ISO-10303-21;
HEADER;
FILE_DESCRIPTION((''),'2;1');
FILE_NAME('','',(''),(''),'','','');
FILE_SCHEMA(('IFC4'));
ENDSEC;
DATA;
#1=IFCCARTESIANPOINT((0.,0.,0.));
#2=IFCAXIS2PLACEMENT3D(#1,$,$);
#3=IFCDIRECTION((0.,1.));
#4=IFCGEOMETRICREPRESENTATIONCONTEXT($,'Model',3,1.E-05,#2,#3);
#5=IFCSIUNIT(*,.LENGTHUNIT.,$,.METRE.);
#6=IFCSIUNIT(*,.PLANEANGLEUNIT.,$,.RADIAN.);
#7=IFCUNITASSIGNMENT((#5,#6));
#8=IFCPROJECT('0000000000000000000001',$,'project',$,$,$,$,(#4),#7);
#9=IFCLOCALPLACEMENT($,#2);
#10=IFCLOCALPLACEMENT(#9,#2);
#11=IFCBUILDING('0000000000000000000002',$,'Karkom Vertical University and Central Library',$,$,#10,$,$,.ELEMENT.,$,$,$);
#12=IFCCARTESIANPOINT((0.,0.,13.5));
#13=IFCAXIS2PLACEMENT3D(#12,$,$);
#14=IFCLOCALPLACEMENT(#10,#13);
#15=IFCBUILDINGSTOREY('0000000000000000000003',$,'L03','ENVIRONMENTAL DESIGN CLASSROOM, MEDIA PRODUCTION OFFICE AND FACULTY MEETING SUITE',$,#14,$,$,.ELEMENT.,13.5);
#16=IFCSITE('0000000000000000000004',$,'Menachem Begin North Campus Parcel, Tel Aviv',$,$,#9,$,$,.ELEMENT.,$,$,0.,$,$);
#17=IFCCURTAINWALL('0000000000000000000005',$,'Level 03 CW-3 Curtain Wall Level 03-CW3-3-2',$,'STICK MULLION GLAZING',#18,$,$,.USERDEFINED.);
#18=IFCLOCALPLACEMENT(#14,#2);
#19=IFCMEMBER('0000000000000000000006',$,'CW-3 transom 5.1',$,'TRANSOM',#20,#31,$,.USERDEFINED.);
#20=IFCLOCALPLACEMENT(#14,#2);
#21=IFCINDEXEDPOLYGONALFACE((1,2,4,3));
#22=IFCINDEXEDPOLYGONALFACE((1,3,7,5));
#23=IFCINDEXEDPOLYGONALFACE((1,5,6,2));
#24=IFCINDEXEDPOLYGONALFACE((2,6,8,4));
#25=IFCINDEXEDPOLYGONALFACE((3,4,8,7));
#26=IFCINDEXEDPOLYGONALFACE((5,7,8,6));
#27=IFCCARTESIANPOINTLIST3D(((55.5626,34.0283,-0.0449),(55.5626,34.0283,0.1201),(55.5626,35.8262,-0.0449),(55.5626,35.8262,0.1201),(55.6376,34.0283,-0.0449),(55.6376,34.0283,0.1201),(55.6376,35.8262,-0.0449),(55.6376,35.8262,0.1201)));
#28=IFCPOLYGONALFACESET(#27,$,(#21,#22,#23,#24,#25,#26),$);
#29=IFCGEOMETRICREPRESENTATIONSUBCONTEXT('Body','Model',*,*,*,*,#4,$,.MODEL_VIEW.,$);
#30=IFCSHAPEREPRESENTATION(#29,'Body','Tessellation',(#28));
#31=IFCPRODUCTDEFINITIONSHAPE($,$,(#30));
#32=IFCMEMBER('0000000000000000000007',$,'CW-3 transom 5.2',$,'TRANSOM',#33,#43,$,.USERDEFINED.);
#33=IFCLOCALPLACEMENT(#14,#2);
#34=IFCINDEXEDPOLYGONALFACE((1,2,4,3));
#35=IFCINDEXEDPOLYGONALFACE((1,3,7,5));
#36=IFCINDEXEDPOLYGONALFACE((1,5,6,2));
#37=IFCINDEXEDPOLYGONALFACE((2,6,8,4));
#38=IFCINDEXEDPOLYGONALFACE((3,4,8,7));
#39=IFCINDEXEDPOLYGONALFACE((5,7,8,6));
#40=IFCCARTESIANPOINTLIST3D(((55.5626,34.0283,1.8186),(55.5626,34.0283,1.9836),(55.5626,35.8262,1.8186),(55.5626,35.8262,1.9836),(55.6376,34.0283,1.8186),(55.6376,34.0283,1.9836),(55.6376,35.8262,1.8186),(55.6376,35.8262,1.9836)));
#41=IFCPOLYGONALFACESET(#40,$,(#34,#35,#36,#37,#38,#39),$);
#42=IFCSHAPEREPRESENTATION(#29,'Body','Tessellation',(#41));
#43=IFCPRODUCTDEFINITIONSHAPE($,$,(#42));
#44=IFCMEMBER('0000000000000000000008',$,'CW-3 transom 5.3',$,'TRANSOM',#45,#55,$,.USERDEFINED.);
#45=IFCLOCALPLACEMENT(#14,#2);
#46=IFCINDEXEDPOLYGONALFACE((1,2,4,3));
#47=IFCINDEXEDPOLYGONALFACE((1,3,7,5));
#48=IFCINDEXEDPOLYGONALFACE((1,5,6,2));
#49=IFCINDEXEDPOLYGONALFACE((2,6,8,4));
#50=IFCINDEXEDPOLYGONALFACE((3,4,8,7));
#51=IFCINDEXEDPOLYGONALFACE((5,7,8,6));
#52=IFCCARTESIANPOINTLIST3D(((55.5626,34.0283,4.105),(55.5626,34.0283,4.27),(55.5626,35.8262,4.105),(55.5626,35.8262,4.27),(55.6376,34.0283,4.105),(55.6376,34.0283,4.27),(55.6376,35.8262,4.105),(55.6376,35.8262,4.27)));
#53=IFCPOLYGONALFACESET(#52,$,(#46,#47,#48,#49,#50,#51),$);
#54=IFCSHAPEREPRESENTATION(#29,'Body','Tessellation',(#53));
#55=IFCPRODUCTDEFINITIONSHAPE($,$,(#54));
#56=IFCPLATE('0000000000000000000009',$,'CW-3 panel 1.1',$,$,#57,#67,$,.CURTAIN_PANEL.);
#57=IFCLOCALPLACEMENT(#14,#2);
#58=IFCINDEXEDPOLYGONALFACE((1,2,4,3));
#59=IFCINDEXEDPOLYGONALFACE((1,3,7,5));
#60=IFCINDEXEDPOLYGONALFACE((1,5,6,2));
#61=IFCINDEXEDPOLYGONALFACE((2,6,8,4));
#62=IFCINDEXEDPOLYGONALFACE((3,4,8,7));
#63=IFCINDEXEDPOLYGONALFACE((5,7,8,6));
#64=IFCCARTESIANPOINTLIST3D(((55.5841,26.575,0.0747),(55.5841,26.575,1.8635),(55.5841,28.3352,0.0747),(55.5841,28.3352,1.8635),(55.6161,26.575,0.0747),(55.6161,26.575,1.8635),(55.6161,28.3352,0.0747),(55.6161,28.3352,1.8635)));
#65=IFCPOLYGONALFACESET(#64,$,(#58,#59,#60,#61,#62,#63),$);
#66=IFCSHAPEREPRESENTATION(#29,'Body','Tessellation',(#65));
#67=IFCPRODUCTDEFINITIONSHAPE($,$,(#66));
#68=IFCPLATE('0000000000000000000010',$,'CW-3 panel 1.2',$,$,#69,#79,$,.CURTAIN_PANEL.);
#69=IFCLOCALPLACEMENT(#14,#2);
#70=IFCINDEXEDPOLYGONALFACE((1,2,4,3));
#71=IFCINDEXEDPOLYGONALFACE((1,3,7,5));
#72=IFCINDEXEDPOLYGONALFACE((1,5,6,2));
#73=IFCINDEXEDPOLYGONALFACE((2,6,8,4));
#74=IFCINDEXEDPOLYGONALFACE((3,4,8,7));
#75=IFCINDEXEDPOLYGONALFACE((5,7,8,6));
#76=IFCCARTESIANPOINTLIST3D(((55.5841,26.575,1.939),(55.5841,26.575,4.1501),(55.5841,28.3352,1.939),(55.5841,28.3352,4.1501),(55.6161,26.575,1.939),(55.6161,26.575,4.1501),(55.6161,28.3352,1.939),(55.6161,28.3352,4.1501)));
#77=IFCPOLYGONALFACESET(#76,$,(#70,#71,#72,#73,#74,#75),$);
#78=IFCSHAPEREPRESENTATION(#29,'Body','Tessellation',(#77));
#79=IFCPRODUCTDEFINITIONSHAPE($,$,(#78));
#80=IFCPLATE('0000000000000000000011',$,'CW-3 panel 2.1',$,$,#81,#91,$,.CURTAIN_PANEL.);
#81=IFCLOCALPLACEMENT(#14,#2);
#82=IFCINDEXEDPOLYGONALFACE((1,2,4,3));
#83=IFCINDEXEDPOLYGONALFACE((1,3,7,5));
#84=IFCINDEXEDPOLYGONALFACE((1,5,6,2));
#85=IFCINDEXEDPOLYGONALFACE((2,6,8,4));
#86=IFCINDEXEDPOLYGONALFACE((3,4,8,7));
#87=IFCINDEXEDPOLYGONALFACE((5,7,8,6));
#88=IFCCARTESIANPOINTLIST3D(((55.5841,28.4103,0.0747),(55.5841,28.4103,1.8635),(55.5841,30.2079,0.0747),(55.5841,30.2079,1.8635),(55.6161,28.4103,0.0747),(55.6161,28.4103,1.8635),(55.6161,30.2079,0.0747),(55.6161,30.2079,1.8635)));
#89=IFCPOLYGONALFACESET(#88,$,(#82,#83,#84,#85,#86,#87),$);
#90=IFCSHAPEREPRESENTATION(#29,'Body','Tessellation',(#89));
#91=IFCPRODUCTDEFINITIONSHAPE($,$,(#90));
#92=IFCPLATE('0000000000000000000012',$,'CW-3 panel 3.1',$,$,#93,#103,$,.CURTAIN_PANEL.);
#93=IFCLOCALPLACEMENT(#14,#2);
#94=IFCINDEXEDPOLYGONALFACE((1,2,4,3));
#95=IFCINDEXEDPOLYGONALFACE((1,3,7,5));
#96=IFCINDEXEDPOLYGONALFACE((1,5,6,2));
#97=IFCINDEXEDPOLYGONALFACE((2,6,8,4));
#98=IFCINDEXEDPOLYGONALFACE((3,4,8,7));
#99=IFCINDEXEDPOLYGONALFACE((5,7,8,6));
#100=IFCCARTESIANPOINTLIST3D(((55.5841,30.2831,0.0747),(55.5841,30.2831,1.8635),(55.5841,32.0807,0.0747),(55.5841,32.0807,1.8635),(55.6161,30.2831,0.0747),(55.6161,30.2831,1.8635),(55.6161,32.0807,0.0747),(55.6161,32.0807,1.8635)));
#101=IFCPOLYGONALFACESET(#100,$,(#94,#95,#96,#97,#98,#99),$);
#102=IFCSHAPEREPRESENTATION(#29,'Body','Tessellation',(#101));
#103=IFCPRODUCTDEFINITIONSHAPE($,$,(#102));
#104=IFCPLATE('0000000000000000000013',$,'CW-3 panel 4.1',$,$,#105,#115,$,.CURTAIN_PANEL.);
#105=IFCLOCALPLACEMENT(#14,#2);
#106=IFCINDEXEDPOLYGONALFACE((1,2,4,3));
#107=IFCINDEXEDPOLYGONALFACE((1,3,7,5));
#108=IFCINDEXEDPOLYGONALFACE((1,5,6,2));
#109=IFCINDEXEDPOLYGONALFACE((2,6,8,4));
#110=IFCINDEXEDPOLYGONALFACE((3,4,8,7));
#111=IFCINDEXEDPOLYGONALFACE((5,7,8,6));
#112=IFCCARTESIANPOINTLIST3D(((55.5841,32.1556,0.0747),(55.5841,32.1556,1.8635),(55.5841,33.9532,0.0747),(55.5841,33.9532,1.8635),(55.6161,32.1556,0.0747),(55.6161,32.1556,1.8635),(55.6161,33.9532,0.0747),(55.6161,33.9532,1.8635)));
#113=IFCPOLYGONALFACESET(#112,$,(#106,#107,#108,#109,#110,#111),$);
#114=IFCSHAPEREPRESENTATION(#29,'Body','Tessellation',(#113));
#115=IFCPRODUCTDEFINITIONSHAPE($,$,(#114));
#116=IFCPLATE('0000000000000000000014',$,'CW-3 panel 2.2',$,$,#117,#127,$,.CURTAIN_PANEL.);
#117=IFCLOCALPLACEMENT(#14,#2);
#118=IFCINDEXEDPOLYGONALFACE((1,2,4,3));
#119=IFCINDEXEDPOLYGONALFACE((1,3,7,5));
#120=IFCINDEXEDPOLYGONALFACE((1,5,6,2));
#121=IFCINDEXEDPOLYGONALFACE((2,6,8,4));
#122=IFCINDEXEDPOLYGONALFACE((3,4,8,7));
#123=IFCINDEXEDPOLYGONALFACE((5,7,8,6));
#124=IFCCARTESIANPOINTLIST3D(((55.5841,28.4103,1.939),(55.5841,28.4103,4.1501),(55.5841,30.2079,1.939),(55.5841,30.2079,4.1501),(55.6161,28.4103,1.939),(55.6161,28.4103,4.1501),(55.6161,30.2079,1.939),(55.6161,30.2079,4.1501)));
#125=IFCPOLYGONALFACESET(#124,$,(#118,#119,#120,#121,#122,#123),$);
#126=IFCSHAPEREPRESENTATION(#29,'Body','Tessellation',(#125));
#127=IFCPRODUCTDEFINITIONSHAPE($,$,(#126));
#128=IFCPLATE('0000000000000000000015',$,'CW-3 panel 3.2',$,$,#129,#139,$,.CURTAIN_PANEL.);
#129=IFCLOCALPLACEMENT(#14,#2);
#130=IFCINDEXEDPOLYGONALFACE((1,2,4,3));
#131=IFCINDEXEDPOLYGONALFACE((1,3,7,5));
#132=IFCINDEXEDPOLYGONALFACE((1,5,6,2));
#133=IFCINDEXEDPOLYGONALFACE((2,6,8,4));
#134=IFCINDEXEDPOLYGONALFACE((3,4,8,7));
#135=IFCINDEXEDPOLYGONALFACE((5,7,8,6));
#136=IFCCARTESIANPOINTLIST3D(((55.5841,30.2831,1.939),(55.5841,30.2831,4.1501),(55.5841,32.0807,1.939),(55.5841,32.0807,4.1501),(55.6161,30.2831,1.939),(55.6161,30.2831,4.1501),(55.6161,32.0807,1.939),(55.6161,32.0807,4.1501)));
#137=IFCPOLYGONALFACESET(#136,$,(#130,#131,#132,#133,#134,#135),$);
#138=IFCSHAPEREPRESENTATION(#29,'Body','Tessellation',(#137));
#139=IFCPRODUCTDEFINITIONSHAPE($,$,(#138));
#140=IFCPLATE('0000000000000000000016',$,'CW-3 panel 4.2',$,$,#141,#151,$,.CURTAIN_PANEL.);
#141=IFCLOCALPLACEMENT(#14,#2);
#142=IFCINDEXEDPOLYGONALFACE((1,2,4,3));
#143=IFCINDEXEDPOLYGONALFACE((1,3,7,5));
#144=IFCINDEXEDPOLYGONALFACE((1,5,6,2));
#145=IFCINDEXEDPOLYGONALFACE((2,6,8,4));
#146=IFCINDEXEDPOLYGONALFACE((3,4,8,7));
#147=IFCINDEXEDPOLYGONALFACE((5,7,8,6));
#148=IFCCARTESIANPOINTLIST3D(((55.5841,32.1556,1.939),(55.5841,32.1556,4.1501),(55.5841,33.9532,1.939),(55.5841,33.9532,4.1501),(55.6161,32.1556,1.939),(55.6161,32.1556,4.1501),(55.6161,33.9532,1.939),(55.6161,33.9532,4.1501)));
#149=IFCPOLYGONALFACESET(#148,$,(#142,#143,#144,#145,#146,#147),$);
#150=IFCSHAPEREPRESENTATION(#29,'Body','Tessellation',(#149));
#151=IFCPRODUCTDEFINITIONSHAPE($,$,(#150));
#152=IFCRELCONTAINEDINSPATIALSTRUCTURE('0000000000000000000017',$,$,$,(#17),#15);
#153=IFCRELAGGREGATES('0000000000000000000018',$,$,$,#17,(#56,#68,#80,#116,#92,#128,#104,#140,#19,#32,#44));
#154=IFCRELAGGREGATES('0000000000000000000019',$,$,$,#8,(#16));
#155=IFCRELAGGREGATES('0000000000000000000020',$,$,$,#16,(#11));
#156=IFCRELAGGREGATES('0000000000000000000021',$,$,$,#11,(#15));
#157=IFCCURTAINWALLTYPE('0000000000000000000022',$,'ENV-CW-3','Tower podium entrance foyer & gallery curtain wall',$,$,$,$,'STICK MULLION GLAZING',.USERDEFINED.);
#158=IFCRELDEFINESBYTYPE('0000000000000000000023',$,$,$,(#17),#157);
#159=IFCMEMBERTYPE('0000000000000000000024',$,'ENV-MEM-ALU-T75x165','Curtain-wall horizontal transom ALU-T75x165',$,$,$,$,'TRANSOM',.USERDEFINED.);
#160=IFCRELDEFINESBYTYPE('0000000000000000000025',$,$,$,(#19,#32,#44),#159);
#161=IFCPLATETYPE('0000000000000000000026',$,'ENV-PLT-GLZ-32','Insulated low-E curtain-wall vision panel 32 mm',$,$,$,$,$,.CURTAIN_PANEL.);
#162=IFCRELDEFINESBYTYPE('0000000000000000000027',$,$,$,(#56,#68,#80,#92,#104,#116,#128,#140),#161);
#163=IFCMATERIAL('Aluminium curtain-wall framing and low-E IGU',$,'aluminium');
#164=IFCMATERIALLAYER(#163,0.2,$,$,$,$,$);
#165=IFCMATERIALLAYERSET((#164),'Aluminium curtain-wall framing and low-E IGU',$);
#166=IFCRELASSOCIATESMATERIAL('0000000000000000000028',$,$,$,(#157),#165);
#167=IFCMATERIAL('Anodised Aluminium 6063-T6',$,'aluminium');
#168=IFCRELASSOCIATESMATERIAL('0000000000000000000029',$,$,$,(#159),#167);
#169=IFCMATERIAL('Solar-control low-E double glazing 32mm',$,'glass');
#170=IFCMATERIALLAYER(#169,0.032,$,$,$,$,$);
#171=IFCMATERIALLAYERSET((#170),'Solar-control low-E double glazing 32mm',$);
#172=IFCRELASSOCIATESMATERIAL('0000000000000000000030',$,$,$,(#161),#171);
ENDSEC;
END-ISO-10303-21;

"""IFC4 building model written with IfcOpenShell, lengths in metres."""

from ifc_helpers import new_model, si_unit, direction, frame, origin, origin_with_axes, origin_2d, place, context, subcontext, project, spatial, rectangle, extrude, source, transform, mapped, material, layer, layer_set, material_profile, profile_set, type_object, element, aggregate, save


model = new_model("IFC4")

# Units and contexts
model_context = context("Model", 3, precision=1e-05, world=origin(), true_north=direction((0.0, 1.0)))
body_context = subcontext(model_context, "Body", "Model", "MODEL_VIEW")
ifc_project = project(units=[si_unit("LENGTHUNIT", "METRE"), si_unit("PLANEANGLEUNIT", "RADIAN")], contexts=[model_context])

# Site, building, storey
site_placement = place(None, origin())
site = spatial("IfcSite", under=ifc_project, at=site_placement, Name="Menachem Begin North Campus Parcel, Tel Aviv", CompositionType="ELEMENT", RefElevation=0.0)
building_placement = place(site_placement, origin())
building = spatial("IfcBuilding", under=site, at=building_placement, Name="Karkom Vertical University and Central Library", CompositionType="ELEMENT")
storey_placement = place(building_placement, frame((0.0, 0.0, 13.5)))
storey = spatial("IfcBuildingStorey", under=building, at=storey_placement, Name="L03", Description="ENVIRONMENTAL DESIGN CLASSROOM, MEDIA PRODUCTION OFFICE AND FACULTY MEETING SUITE", CompositionType="ELEMENT", Elevation=13.5)

# Curtain wall, members, plates
ifc_material_1 = material(Name="Aluminium curtain-wall framing and low-E IGU", Category="aluminium")
ifc_layer_1 = layer(ifc_material_1, 0.2)
ifc_layer_set_1 = layer_set([ifc_layer_1], Name="Aluminium curtain-wall framing and low-E IGU")
curtain_wall_type = type_object("IfcCurtainWallType", Name="ENV-CW-3", Description="Tower podium entrance foyer & gallery curtain wall", ElementType="STICK MULLION GLAZING", PredefinedType="USERDEFINED", material=ifc_layer_set_1)
curtain_wall_placement = place(storey_placement, origin())
curtain_wall = element("IfcCurtainWall", 1, at=curtain_wall_placement, inside=storey, type_object=curtain_wall_type, Name="Level 03 CW-3 Curtain Wall Level 03-CW3-3-2", ObjectType="STICK MULLION GLAZING", PredefinedType="USERDEFINED")
ifc_material_2 = material(Name="Anodised Aluminium 6063-T6", Category="aluminium")
ifc_material_profile_1 = material_profile(ifc_material_2, rectangle(XDim=0.075, YDim=0.165, at=origin_2d()), Name="ALU-T75x165")
ifc_profile_set_1 = profile_set([ifc_material_profile_1], Name="Anodised Aluminium 6063-T6")
member_type_1 = type_object("IfcMemberType", Name="ENV-MEM-ALU-T75x165", Description="Curtain-wall horizontal transom ALU-T75x165", ElementType="TRANSOM", PredefinedType="USERDEFINED", material=ifc_profile_set_1)
shared_shape_1 = source(origin_with_axes(), body_context, "Body", "SweptSolid", [
    extrude(rectangle(XDim=0.075, YDim=0.165, at=origin_2d()), origin(), (0.0, 0.0, 1.0), 1.7979),
])
member_1_placement = place(storey_placement, frame((55.6001, 34.0283, 0.0376), z_axis=(0.0, 1.0, 0.0), x_axis=(-1.0, 0.0, 0.0)))
member_1 = element("IfcMember", 2, at=member_1_placement, type_object=member_type_1, Name="CW-3 transom 5.1", ObjectType="TRANSOM", PredefinedType="USERDEFINED", context=body_context, shape_type="MappedRepresentation", body=[
    mapped(shared_shape_1, transform((0.0, 0.0, 0.0), scale=1.0)),
])
member_2_placement = place(storey_placement, frame((55.6001, 34.0283, 1.9011), z_axis=(0.0, 1.0, 0.0), x_axis=(-1.0, 0.0, 0.0)))
member_2 = element("IfcMember", 3, at=member_2_placement, type_object=member_type_1, Name="CW-3 transom 5.2", ObjectType="TRANSOM", PredefinedType="USERDEFINED", context=body_context, shape_type="MappedRepresentation", body=[
    mapped(shared_shape_1, transform((0.0, 0.0, 0.0), scale=1.0)),
])
member_3_placement = place(storey_placement, frame((55.6001, 34.0283, 4.1875), z_axis=(0.0, 1.0, 0.0), x_axis=(-1.0, 0.0, 0.0)))
member_3 = element("IfcMember", 4, at=member_3_placement, type_object=member_type_1, Name="CW-3 transom 5.3", ObjectType="TRANSOM", PredefinedType="USERDEFINED", context=body_context, shape_type="MappedRepresentation", body=[
    mapped(shared_shape_1, transform((0.0, 0.0, 0.0), scale=1.0)),
])
ifc_material_3 = material(Name="Solar-control low-E double glazing 32mm", Category="glass")
ifc_layer_2 = layer(ifc_material_3, 0.032)
ifc_layer_set_2 = layer_set([ifc_layer_2], Name="Solar-control low-E double glazing 32mm")
plate_type = type_object("IfcPlateType", Name="ENV-PLT-GLZ-32", Description="Insulated low-E curtain-wall vision panel 32 mm", PredefinedType="CURTAIN_PANEL", material=ifc_layer_set_2)
shared_shape_2 = source(origin_with_axes(), body_context, "Body", "SweptSolid", [
    extrude(rectangle(XDim=1.7603, YDim=0.032, at=origin_2d()), origin(), (0.0, 0.0, 1.0), 1.7888),
])
plate_1_placement = place(storey_placement, frame((55.6001, 27.4551, 0.0747), z_axis=(0.0, 0.0, 1.0), x_axis=(0.0, 1.0, 0.0)))
plate_1 = element("IfcPlate", 5, at=plate_1_placement, type_object=plate_type, Name="CW-3 panel 1.1", PredefinedType="CURTAIN_PANEL", context=body_context, shape_type="MappedRepresentation", body=[
    mapped(shared_shape_2, transform((0.0, 0.0, 0.0), scale=1.0)),
])
shared_shape_3 = source(origin_with_axes(), body_context, "Body", "SweptSolid", [
    extrude(rectangle(XDim=1.7603, YDim=0.032, at=origin_2d()), origin(), (0.0, 0.0, 1.0), 2.2112),
])
plate_2_placement = place(storey_placement, frame((55.6001, 27.4551, 1.939), z_axis=(0.0, 0.0, 1.0), x_axis=(0.0, 1.0, 0.0)))
plate_2 = element("IfcPlate", 6, at=plate_2_placement, type_object=plate_type, Name="CW-3 panel 1.2", PredefinedType="CURTAIN_PANEL", context=body_context, shape_type="MappedRepresentation", body=[
    mapped(shared_shape_3, transform((0.0, 0.0, 0.0), scale=1.0)),
])
shared_shape_4 = source(origin_with_axes(), body_context, "Body", "SweptSolid", [
    extrude(rectangle(XDim=1.7976, YDim=0.032, at=origin_2d()), origin(), (0.0, 0.0, 1.0), 1.7888),
])
plate_3_placement = place(storey_placement, frame((55.6001, 29.3091, 0.0747), z_axis=(0.0, 0.0, 1.0), x_axis=(0.0, 1.0, 0.0)))
plate_3 = element("IfcPlate", 7, at=plate_3_placement, type_object=plate_type, Name="CW-3 panel 2.1", PredefinedType="CURTAIN_PANEL", context=body_context, shape_type="MappedRepresentation", body=[
    mapped(shared_shape_4, transform((0.0, 0.0, 0.0), scale=1.0)),
])
plate_4_placement = place(storey_placement, frame((55.6001, 31.1819, 0.0747), z_axis=(0.0, 0.0, 1.0), x_axis=(0.0, 1.0, 0.0)))
plate_4 = element("IfcPlate", 8, at=plate_4_placement, type_object=plate_type, Name="CW-3 panel 3.1", PredefinedType="CURTAIN_PANEL", context=body_context, shape_type="MappedRepresentation", body=[
    mapped(shared_shape_4, transform((0.0, 0.0, 0.0), scale=1.0)),
])
plate_5_placement = place(storey_placement, frame((55.6001, 33.0544, 0.0747), z_axis=(0.0, 0.0, 1.0), x_axis=(0.0, 1.0, 0.0)))
plate_5 = element("IfcPlate", 9, at=plate_5_placement, type_object=plate_type, Name="CW-3 panel 4.1", PredefinedType="CURTAIN_PANEL", context=body_context, shape_type="MappedRepresentation", body=[
    mapped(shared_shape_4, transform((0.0, 0.0, 0.0), scale=1.0)),
])
shared_shape_5 = source(origin_with_axes(), body_context, "Body", "SweptSolid", [
    extrude(rectangle(XDim=1.7976, YDim=0.032, at=origin_2d()), origin(), (0.0, 0.0, 1.0), 2.2112),
])
plate_6_placement = place(storey_placement, frame((55.6001, 29.3091, 1.939), z_axis=(0.0, 0.0, 1.0), x_axis=(0.0, 1.0, 0.0)))
plate_6 = element("IfcPlate", 10, at=plate_6_placement, type_object=plate_type, Name="CW-3 panel 2.2", PredefinedType="CURTAIN_PANEL", context=body_context, shape_type="MappedRepresentation", body=[
    mapped(shared_shape_5, transform((0.0, 0.0, 0.0), scale=1.0)),
])
plate_7_placement = place(storey_placement, frame((55.6001, 31.1819, 1.939), z_axis=(0.0, 0.0, 1.0), x_axis=(0.0, 1.0, 0.0)))
plate_7 = element("IfcPlate", 11, at=plate_7_placement, type_object=plate_type, Name="CW-3 panel 3.2", PredefinedType="CURTAIN_PANEL", context=body_context, shape_type="MappedRepresentation", body=[
    mapped(shared_shape_5, transform((0.0, 0.0, 0.0), scale=1.0)),
])
plate_8_placement = place(storey_placement, frame((55.6001, 33.0544, 1.939), z_axis=(0.0, 0.0, 1.0), x_axis=(0.0, 1.0, 0.0)))
plate_8 = element("IfcPlate", 12, at=plate_8_placement, type_object=plate_type, Name="CW-3 panel 4.2", PredefinedType="CURTAIN_PANEL", context=body_context, shape_type="MappedRepresentation", body=[
    mapped(shared_shape_5, transform((0.0, 0.0, 0.0), scale=1.0)),
])
aggregate(curtain_wall, [plate_1, plate_2, plate_3, plate_6, plate_4, plate_7, plate_5, plate_8, member_1, member_2, member_3])

save(model, "model.ifc")
